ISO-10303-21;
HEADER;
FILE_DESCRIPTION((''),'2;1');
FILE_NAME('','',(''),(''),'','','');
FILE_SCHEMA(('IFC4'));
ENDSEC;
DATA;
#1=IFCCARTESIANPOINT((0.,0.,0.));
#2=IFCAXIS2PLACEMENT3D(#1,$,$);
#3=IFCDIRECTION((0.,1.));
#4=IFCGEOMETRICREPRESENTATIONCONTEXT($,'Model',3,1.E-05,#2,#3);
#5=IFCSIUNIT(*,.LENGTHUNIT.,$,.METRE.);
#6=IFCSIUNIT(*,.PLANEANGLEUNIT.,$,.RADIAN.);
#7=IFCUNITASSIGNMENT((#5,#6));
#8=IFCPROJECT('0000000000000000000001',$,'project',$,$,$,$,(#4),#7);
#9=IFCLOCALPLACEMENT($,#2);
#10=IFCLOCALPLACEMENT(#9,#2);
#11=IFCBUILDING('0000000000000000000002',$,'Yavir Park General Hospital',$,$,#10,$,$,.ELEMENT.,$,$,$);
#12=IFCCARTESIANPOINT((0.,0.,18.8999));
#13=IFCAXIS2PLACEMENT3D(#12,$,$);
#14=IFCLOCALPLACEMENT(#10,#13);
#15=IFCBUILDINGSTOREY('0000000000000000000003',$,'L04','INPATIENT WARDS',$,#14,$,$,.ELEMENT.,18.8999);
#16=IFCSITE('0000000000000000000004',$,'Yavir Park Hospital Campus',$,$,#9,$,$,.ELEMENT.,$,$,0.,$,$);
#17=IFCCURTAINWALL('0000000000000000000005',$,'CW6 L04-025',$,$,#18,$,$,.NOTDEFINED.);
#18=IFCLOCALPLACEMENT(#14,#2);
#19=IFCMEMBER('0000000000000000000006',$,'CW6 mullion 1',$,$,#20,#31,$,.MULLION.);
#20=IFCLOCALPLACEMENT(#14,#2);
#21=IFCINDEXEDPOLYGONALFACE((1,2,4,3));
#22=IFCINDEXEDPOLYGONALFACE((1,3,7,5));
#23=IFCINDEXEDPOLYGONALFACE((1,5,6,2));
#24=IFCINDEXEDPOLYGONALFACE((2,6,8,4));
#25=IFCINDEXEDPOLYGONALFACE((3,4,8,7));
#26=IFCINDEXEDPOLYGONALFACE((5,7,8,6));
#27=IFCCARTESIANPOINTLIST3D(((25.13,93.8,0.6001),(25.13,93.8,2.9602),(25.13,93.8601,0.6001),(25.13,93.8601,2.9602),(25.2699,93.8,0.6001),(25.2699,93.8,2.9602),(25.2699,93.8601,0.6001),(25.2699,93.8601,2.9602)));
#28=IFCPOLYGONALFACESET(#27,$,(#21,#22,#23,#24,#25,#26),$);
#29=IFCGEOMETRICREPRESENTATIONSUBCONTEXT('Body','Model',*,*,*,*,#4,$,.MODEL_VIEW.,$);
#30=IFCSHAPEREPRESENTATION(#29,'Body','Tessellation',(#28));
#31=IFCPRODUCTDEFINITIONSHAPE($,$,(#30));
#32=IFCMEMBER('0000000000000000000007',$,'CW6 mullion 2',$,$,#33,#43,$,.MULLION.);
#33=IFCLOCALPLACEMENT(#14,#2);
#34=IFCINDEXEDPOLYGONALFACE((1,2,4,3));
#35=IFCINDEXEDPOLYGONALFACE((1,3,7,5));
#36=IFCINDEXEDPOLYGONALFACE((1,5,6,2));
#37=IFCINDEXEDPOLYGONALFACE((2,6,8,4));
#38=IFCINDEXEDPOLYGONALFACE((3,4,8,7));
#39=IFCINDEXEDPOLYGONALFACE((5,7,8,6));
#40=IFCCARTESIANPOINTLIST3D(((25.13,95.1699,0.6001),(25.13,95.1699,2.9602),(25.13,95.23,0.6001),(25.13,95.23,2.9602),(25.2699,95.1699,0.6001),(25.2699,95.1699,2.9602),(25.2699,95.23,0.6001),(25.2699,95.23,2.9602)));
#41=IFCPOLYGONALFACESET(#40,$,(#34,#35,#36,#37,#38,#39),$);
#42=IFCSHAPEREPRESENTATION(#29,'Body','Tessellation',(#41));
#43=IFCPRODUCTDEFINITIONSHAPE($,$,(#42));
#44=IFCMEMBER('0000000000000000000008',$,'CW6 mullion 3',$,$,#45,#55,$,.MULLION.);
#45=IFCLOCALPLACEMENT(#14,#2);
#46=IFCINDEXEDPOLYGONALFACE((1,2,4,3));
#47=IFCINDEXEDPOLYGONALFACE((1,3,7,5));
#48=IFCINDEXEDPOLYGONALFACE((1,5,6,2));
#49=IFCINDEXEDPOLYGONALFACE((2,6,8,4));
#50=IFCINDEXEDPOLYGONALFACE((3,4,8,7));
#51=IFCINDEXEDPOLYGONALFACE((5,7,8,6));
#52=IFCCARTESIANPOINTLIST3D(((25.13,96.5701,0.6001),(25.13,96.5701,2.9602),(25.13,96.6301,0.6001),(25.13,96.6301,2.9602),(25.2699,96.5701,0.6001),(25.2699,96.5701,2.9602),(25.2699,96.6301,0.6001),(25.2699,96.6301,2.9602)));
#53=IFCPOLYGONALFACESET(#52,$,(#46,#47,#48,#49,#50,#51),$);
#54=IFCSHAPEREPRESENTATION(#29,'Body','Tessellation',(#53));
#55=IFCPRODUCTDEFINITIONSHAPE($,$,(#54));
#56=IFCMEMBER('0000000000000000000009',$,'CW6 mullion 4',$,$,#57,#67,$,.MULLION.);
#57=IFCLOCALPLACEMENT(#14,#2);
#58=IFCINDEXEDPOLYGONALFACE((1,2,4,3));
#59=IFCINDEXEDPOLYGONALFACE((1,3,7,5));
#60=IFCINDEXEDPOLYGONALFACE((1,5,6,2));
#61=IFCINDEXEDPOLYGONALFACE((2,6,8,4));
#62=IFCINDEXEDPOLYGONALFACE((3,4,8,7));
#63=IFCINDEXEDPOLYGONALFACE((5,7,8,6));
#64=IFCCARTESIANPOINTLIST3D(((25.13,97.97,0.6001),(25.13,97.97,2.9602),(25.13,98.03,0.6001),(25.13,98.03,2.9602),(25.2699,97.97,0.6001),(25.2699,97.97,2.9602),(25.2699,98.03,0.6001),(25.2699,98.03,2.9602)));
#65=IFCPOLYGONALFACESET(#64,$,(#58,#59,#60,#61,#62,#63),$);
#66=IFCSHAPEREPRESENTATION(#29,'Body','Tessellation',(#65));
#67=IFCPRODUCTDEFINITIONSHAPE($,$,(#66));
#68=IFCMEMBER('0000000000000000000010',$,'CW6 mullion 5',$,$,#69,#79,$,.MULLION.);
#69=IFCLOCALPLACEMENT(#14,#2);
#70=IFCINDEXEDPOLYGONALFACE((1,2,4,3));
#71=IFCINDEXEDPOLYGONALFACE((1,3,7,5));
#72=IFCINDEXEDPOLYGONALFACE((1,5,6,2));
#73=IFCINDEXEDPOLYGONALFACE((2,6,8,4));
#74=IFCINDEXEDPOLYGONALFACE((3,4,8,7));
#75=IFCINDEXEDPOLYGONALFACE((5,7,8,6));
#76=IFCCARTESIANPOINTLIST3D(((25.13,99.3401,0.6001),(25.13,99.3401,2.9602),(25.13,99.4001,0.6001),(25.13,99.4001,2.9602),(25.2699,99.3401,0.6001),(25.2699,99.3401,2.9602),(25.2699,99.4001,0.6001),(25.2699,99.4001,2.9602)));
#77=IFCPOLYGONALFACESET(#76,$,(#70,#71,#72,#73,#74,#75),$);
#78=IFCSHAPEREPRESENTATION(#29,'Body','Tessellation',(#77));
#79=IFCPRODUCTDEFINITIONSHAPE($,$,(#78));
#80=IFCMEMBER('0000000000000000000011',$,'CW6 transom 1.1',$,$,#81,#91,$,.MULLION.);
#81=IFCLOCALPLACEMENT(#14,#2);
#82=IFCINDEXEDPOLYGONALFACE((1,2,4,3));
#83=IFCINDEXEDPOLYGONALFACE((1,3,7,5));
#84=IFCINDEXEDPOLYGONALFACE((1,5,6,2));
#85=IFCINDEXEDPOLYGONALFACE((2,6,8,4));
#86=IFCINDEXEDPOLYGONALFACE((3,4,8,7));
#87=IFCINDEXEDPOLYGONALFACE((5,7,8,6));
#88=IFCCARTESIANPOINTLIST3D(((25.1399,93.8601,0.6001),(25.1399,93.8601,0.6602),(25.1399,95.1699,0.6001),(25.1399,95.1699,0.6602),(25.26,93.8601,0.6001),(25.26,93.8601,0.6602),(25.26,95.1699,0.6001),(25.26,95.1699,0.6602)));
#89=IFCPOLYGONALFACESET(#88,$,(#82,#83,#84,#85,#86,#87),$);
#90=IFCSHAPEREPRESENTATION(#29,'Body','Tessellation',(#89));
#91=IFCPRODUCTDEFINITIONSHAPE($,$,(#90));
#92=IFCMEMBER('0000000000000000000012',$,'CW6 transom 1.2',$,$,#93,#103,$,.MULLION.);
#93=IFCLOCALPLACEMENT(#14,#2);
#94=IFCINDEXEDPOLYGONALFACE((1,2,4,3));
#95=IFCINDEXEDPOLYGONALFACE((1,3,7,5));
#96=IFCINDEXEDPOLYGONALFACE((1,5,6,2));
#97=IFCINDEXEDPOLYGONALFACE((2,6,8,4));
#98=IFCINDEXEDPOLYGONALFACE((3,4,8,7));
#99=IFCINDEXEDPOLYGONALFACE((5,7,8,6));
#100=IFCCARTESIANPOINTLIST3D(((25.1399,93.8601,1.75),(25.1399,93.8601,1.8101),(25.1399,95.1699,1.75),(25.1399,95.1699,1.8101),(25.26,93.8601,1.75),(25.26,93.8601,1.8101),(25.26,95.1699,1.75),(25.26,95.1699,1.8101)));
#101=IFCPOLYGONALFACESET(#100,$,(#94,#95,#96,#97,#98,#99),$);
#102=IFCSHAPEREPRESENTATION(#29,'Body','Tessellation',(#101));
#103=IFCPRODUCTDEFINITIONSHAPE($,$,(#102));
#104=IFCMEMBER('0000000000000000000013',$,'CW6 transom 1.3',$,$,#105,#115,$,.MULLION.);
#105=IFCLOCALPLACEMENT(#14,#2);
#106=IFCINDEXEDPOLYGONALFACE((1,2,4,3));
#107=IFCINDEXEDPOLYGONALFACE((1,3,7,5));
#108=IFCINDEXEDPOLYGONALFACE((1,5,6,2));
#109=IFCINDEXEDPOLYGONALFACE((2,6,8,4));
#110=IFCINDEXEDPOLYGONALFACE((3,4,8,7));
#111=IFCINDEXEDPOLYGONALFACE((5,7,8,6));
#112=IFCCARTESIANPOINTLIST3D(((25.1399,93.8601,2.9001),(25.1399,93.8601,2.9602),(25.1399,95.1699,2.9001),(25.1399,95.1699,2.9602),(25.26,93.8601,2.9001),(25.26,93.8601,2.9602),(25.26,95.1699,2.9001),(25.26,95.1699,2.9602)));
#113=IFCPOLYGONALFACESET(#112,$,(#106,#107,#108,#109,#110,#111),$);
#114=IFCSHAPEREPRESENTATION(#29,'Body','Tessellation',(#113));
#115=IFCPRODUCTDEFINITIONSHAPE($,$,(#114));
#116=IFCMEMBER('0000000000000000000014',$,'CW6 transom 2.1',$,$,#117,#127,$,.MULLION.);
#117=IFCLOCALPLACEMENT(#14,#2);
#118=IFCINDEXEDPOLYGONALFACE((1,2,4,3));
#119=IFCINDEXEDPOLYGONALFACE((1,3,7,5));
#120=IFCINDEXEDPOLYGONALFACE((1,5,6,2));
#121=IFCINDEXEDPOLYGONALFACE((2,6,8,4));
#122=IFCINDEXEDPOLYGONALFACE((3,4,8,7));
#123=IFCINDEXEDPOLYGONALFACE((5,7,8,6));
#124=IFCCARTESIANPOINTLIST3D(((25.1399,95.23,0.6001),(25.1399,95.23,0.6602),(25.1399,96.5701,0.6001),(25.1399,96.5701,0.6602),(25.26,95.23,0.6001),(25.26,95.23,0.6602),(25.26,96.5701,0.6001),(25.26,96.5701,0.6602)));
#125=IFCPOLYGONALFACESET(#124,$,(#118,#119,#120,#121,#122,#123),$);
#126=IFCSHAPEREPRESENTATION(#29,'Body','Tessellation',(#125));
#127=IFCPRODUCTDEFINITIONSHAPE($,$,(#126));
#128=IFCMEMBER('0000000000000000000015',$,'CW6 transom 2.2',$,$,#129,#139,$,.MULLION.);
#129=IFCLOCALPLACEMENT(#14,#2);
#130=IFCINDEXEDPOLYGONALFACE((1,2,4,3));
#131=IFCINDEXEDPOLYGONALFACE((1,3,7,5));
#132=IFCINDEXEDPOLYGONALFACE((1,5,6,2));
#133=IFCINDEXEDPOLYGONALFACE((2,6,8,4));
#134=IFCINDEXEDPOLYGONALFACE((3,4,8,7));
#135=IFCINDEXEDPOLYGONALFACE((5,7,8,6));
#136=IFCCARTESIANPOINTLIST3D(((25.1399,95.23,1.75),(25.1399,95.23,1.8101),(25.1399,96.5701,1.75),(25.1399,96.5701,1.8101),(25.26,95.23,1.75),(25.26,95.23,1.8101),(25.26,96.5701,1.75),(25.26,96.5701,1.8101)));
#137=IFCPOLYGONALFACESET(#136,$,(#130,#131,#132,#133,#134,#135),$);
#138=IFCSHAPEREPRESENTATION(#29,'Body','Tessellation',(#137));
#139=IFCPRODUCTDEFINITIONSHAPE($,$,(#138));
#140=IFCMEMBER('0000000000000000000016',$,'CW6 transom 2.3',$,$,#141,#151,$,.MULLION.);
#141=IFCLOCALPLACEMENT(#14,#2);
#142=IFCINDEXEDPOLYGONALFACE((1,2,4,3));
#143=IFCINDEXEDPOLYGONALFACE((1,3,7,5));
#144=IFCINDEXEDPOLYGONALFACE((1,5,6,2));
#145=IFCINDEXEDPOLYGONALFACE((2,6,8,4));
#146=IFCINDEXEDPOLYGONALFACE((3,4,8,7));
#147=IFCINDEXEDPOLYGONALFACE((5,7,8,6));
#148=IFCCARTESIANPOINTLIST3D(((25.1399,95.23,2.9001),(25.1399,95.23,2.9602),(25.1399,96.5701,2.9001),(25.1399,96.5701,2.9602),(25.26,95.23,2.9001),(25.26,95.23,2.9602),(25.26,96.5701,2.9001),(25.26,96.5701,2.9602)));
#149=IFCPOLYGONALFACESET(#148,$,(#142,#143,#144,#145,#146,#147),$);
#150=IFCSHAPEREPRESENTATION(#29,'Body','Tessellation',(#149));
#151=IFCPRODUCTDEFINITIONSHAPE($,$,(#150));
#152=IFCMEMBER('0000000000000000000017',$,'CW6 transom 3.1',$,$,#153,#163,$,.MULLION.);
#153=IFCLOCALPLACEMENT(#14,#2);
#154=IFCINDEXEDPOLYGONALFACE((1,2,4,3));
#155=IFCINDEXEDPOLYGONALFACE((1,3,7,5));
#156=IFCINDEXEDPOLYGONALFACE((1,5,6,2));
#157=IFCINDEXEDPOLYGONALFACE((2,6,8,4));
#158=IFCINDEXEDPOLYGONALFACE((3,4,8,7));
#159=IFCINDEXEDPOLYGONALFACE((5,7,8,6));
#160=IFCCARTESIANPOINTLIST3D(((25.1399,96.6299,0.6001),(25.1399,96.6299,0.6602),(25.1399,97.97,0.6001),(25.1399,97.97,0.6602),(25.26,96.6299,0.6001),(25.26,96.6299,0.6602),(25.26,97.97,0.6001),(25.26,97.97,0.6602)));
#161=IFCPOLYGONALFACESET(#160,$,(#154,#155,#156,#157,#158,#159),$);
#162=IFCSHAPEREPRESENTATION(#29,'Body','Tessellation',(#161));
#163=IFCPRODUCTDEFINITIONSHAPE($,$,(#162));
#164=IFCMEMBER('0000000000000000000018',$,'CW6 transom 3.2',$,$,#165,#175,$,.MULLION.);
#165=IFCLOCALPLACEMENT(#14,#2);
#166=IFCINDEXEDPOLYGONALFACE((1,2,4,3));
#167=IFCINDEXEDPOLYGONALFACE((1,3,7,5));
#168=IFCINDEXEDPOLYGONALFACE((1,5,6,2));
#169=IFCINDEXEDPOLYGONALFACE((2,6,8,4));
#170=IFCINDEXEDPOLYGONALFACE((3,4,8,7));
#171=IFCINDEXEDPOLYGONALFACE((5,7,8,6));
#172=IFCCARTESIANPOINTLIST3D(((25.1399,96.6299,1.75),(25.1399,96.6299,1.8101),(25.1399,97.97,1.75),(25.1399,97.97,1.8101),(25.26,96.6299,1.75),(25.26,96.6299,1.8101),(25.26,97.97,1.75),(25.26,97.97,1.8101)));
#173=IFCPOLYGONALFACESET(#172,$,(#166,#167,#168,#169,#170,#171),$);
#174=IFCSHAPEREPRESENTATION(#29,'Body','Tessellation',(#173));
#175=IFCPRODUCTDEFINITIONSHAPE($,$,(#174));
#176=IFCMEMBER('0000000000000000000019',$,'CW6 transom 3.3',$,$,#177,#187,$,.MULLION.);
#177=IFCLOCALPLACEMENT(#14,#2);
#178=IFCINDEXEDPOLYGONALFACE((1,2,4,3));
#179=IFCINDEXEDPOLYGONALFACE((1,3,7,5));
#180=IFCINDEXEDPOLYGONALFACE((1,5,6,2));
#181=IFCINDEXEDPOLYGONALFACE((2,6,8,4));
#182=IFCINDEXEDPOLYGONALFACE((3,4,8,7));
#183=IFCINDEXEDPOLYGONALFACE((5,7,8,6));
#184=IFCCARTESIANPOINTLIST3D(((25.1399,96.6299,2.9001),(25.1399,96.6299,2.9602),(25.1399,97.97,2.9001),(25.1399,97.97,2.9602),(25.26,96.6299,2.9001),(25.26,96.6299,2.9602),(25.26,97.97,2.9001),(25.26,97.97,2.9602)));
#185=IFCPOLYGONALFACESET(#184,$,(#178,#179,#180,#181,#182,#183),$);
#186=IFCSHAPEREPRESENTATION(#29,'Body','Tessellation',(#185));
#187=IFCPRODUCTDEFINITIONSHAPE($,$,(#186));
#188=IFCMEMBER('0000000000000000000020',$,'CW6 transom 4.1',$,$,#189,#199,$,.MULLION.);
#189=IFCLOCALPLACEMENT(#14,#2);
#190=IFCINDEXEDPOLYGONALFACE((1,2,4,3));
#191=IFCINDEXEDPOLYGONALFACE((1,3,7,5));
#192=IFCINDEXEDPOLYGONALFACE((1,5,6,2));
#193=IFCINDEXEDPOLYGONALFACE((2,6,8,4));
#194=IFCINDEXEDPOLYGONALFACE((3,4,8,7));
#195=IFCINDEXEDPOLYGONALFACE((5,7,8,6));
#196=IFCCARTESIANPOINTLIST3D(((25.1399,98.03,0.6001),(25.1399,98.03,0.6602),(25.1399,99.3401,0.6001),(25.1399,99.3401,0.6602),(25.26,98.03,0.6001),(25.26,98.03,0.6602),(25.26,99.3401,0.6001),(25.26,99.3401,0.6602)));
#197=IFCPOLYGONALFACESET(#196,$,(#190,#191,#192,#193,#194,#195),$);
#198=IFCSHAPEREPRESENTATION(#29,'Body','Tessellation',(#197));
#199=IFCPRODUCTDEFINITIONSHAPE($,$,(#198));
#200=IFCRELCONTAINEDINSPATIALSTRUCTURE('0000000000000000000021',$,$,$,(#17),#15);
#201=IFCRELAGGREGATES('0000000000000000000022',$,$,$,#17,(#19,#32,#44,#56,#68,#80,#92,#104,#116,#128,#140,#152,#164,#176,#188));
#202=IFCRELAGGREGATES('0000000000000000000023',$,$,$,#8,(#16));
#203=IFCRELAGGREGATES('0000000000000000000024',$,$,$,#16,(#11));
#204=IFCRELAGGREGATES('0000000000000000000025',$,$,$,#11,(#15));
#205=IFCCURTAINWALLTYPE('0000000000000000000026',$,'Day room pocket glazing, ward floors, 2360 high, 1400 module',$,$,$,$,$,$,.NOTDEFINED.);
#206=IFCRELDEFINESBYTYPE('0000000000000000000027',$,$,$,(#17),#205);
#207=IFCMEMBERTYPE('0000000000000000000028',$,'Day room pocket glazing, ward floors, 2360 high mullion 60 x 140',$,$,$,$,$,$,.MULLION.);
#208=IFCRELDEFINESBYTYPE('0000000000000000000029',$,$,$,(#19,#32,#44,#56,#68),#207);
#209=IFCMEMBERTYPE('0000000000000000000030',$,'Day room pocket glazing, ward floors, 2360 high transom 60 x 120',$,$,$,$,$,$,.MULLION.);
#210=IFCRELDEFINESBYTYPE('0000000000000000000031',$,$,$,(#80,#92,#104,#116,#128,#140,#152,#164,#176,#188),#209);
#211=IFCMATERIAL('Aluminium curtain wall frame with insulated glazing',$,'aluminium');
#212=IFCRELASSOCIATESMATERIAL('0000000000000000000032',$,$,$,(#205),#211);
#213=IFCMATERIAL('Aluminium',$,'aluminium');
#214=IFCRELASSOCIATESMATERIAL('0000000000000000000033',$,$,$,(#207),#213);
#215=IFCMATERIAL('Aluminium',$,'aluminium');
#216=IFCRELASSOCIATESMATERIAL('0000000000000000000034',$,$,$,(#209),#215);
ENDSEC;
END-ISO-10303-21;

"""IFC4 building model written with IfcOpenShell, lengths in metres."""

from ifc_helpers import new_model, si_unit, direction, frame, origin, origin_2d, place, context, subcontext, project, spatial, rectangle, extrude, material, material_profile, profile_set, type_object, element, aggregate, save


model = new_model("IFC4")

# Units and contexts
model_context = context("Model", 3, precision=1e-05, world=origin(), true_north=direction((0.0, 1.0)))
body_context = subcontext(model_context, "Body", "Model", "MODEL_VIEW")
ifc_project = project(units=[si_unit("LENGTHUNIT", "METRE"), si_unit("PLANEANGLEUNIT", "RADIAN")], contexts=[model_context])

# Site, building, storey
site_placement = place(None, origin())
site = spatial("IfcSite", under=ifc_project, at=site_placement, Name="Yavir Park Hospital Campus", CompositionType="ELEMENT", RefElevation=0.0)
building_placement = place(site_placement, origin())
building = spatial("IfcBuilding", under=site, at=building_placement, Name="Yavir Park General Hospital", CompositionType="ELEMENT")
storey_placement = place(building_placement, frame((0.0, 0.0, 18.8999)))
storey = spatial("IfcBuildingStorey", under=building, at=storey_placement, Name="L04", Description="INPATIENT WARDS", CompositionType="ELEMENT", Elevation=18.8999)

# Curtain wall, members
ifc_material_1 = material(Name="Aluminium curtain wall frame with insulated glazing", Category="aluminium")
curtain_wall_type_1 = type_object("IfcCurtainWallType", Name="Day room pocket glazing, ward floors, 2360 high, 1400 module", PredefinedType="NOTDEFINED", material=ifc_material_1)
curtain_wall_1_placement = place(storey_placement, origin())
curtain_wall_1 = element("IfcCurtainWall", 1, at=curtain_wall_1_placement, inside=storey, type_object=curtain_wall_type_1, Name="CW6 L04-025", PredefinedType="NOTDEFINED")
ifc_material_2 = material(Name="Aluminium", Category="aluminium")
ifc_material_profile_1 = material_profile(ifc_material_2, rectangle(XDim=0.1399, YDim=0.0601, at=origin_2d()), Name="AL 60x140")
ifc_profile_set_1 = profile_set([ifc_material_profile_1], Name="Aluminium")
member_type_1 = type_object("IfcMemberType", Name="Day room pocket glazing, ward floors, 2360 high mullion 60 x 140", PredefinedType="MULLION", material=ifc_profile_set_1)
member_1_placement = place(storey_placement, frame((25.2, 93.8301, 0.6001), z_axis=(0.0, 0.0, 1.0), x_axis=(-1.0, 0.0, 0.0)))
member_1 = element("IfcMember", 2, at=member_1_placement, type_object=member_type_1, Name="CW6 mullion 1", PredefinedType="MULLION", context=body_context, shape_type="SweptSolid", body=[
    extrude(rectangle(XDim=0.1399, YDim=0.0601, at=origin_2d()), origin(), (0.0, 0.0, 1.0), 2.3601),
])
member_2_placement = place(storey_placement, frame((25.2, 95.2, 0.6001), z_axis=(0.0, 0.0, 1.0), x_axis=(-1.0, 0.0, 0.0)))
member_2 = element("IfcMember", 3, at=member_2_placement, type_object=member_type_1, Name="CW6 mullion 2", PredefinedType="MULLION", context=body_context, shape_type="SweptSolid", body=[
    extrude(rectangle(XDim=0.1399, YDim=0.0601, at=origin_2d()), origin(), (0.0, 0.0, 1.0), 2.3601),
])
member_3_placement = place(storey_placement, frame((25.2, 96.6001, 0.6001), z_axis=(0.0, 0.0, 1.0), x_axis=(-1.0, 0.0, 0.0)))
member_3 = element("IfcMember", 4, at=member_3_placement, type_object=member_type_1, Name="CW6 mullion 3", PredefinedType="MULLION", context=body_context, shape_type="SweptSolid", body=[
    extrude(rectangle(XDim=0.1399, YDim=0.0601, at=origin_2d()), origin(), (0.0, 0.0, 1.0), 2.3601),
])
member_4_placement = place(storey_placement, frame((25.2, 98.0, 0.6001), z_axis=(0.0, 0.0, 1.0), x_axis=(-1.0, 0.0, 0.0)))
member_4 = element("IfcMember", 5, at=member_4_placement, type_object=member_type_1, Name="CW6 mullion 4", PredefinedType="MULLION", context=body_context, shape_type="SweptSolid", body=[
    extrude(rectangle(XDim=0.1399, YDim=0.0601, at=origin_2d()), origin(), (0.0, 0.0, 1.0), 2.3601),
])
member_5_placement = place(storey_placement, frame((25.2, 99.3701, 0.6001), z_axis=(0.0, 0.0, 1.0), x_axis=(-1.0, 0.0, 0.0)))
member_5 = element("IfcMember", 6, at=member_5_placement, type_object=member_type_1, Name="CW6 mullion 5", PredefinedType="MULLION", context=body_context, shape_type="SweptSolid", body=[
    extrude(rectangle(XDim=0.1399, YDim=0.0601, at=origin_2d()), origin(), (0.0, 0.0, 1.0), 2.3601),
])
ifc_material_3 = material(Name="Aluminium", Category="aluminium")
ifc_material_profile_2 = material_profile(ifc_material_3, rectangle(XDim=0.1201, YDim=0.0601, at=origin_2d()), Name="AL 120x60")
ifc_profile_set_2 = profile_set([ifc_material_profile_2], Name="Aluminium")
member_type_2 = type_object("IfcMemberType", Name="Day room pocket glazing, ward floors, 2360 high transom 60 x 120", PredefinedType="MULLION", material=ifc_profile_set_2)
member_6_placement = place(storey_placement, frame((25.2, 93.8601, 0.6301), z_axis=(0.0, 1.0, 0.0), x_axis=(-1.0, 0.0, 0.0)))
member_6 = element("IfcMember", 7, at=member_6_placement, type_object=member_type_2, Name="CW6 transom 1.1", PredefinedType="MULLION", context=body_context, shape_type="SweptSolid", body=[
    extrude(rectangle(XDim=0.1201, YDim=0.0601, at=origin_2d()), origin(), (0.0, 0.0, 1.0), 1.3098),
])
member_7_placement = place(storey_placement, frame((25.2, 93.8601, 1.78), z_axis=(0.0, 1.0, 0.0), x_axis=(-1.0, 0.0, 0.0)))
member_7 = element("IfcMember", 8, at=member_7_placement, type_object=member_type_2, Name="CW6 transom 1.2", PredefinedType="MULLION", context=body_context, shape_type="SweptSolid", body=[
    extrude(rectangle(XDim=0.1201, YDim=0.0601, at=origin_2d()), origin(), (0.0, 0.0, 1.0), 1.3098),
])
member_8_placement = place(storey_placement, frame((25.2, 93.8601, 2.9302), z_axis=(0.0, 1.0, 0.0), x_axis=(-1.0, 0.0, 0.0)))
member_8 = element("IfcMember", 9, at=member_8_placement, type_object=member_type_2, Name="CW6 transom 1.3", PredefinedType="MULLION", context=body_context, shape_type="SweptSolid", body=[
    extrude(rectangle(XDim=0.1201, YDim=0.0601, at=origin_2d()), origin(), (0.0, 0.0, 1.0), 1.3098),
])
member_9_placement = place(storey_placement, frame((25.2, 95.23, 0.6301), z_axis=(0.0, 1.0, 0.0), x_axis=(-1.0, 0.0, 0.0)))
member_9 = element("IfcMember", 10, at=member_9_placement, type_object=member_type_2, Name="CW6 transom 2.1", PredefinedType="MULLION", context=body_context, shape_type="SweptSolid", body=[
    extrude(rectangle(XDim=0.1201, YDim=0.0601, at=origin_2d()), origin(), (0.0, 0.0, 1.0), 1.3401),
])
member_10_placement = place(storey_placement, frame((25.2, 95.23, 1.78), z_axis=(0.0, 1.0, 0.0), x_axis=(-1.0, 0.0, 0.0)))
member_10 = element("IfcMember", 11, at=member_10_placement, type_object=member_type_2, Name="CW6 transom 2.2", PredefinedType="MULLION", context=body_context, shape_type="SweptSolid", body=[
    extrude(rectangle(XDim=0.1201, YDim=0.0601, at=origin_2d()), origin(), (0.0, 0.0, 1.0), 1.3401),
])
member_11_placement = place(storey_placement, frame((25.2, 95.23, 2.9302), z_axis=(0.0, 1.0, 0.0), x_axis=(-1.0, 0.0, 0.0)))
member_11 = element("IfcMember", 12, at=member_11_placement, type_object=member_type_2, Name="CW6 transom 2.3", PredefinedType="MULLION", context=body_context, shape_type="SweptSolid", body=[
    extrude(rectangle(XDim=0.1201, YDim=0.0601, at=origin_2d()), origin(), (0.0, 0.0, 1.0), 1.3401),
])
member_12_placement = place(storey_placement, frame((25.2, 96.6299, 0.6301), z_axis=(0.0, 1.0, 0.0), x_axis=(-1.0, 0.0, 0.0)))
member_12 = element("IfcMember", 13, at=member_12_placement, type_object=member_type_2, Name="CW6 transom 3.1", PredefinedType="MULLION", context=body_context, shape_type="SweptSolid", body=[
    extrude(rectangle(XDim=0.1201, YDim=0.0601, at=origin_2d()), origin(), (0.0, 0.0, 1.0), 1.3401),
])
member_13_placement = place(storey_placement, frame((25.2, 96.6299, 1.78), z_axis=(0.0, 1.0, 0.0), x_axis=(-1.0, 0.0, 0.0)))
member_13 = element("IfcMember", 14, at=member_13_placement, type_object=member_type_2, Name="CW6 transom 3.2", PredefinedType="MULLION", context=body_context, shape_type="SweptSolid", body=[
    extrude(rectangle(XDim=0.1201, YDim=0.0601, at=origin_2d()), origin(), (0.0, 0.0, 1.0), 1.3401),
])
member_14_placement = place(storey_placement, frame((25.2, 96.6299, 2.9302), z_axis=(0.0, 1.0, 0.0), x_axis=(-1.0, 0.0, 0.0)))
member_14 = element("IfcMember", 15, at=member_14_placement, type_object=member_type_2, Name="CW6 transom 3.3", PredefinedType="MULLION", context=body_context, shape_type="SweptSolid", body=[
    extrude(rectangle(XDim=0.1201, YDim=0.0601, at=origin_2d()), origin(), (0.0, 0.0, 1.0), 1.3401),
])
member_15_placement = place(storey_placement, frame((25.2, 98.03, 0.6301), z_axis=(0.0, 1.0, 0.0), x_axis=(-1.0, 0.0, 0.0)))
member_15 = element("IfcMember", 16, at=member_15_placement, type_object=member_type_2, Name="CW6 transom 4.1", PredefinedType="MULLION", context=body_context, shape_type="SweptSolid", body=[
    extrude(rectangle(XDim=0.1201, YDim=0.0601, at=origin_2d()), origin(), (0.0, 0.0, 1.0), 1.3101),
])

aggregate(curtain_wall_1, [member_1, member_2, member_3, member_4, member_5, member_6, member_7, member_8, member_9, member_10, member_11, member_12, member_13, member_14, member_15])

save(model, "model.ifc")
